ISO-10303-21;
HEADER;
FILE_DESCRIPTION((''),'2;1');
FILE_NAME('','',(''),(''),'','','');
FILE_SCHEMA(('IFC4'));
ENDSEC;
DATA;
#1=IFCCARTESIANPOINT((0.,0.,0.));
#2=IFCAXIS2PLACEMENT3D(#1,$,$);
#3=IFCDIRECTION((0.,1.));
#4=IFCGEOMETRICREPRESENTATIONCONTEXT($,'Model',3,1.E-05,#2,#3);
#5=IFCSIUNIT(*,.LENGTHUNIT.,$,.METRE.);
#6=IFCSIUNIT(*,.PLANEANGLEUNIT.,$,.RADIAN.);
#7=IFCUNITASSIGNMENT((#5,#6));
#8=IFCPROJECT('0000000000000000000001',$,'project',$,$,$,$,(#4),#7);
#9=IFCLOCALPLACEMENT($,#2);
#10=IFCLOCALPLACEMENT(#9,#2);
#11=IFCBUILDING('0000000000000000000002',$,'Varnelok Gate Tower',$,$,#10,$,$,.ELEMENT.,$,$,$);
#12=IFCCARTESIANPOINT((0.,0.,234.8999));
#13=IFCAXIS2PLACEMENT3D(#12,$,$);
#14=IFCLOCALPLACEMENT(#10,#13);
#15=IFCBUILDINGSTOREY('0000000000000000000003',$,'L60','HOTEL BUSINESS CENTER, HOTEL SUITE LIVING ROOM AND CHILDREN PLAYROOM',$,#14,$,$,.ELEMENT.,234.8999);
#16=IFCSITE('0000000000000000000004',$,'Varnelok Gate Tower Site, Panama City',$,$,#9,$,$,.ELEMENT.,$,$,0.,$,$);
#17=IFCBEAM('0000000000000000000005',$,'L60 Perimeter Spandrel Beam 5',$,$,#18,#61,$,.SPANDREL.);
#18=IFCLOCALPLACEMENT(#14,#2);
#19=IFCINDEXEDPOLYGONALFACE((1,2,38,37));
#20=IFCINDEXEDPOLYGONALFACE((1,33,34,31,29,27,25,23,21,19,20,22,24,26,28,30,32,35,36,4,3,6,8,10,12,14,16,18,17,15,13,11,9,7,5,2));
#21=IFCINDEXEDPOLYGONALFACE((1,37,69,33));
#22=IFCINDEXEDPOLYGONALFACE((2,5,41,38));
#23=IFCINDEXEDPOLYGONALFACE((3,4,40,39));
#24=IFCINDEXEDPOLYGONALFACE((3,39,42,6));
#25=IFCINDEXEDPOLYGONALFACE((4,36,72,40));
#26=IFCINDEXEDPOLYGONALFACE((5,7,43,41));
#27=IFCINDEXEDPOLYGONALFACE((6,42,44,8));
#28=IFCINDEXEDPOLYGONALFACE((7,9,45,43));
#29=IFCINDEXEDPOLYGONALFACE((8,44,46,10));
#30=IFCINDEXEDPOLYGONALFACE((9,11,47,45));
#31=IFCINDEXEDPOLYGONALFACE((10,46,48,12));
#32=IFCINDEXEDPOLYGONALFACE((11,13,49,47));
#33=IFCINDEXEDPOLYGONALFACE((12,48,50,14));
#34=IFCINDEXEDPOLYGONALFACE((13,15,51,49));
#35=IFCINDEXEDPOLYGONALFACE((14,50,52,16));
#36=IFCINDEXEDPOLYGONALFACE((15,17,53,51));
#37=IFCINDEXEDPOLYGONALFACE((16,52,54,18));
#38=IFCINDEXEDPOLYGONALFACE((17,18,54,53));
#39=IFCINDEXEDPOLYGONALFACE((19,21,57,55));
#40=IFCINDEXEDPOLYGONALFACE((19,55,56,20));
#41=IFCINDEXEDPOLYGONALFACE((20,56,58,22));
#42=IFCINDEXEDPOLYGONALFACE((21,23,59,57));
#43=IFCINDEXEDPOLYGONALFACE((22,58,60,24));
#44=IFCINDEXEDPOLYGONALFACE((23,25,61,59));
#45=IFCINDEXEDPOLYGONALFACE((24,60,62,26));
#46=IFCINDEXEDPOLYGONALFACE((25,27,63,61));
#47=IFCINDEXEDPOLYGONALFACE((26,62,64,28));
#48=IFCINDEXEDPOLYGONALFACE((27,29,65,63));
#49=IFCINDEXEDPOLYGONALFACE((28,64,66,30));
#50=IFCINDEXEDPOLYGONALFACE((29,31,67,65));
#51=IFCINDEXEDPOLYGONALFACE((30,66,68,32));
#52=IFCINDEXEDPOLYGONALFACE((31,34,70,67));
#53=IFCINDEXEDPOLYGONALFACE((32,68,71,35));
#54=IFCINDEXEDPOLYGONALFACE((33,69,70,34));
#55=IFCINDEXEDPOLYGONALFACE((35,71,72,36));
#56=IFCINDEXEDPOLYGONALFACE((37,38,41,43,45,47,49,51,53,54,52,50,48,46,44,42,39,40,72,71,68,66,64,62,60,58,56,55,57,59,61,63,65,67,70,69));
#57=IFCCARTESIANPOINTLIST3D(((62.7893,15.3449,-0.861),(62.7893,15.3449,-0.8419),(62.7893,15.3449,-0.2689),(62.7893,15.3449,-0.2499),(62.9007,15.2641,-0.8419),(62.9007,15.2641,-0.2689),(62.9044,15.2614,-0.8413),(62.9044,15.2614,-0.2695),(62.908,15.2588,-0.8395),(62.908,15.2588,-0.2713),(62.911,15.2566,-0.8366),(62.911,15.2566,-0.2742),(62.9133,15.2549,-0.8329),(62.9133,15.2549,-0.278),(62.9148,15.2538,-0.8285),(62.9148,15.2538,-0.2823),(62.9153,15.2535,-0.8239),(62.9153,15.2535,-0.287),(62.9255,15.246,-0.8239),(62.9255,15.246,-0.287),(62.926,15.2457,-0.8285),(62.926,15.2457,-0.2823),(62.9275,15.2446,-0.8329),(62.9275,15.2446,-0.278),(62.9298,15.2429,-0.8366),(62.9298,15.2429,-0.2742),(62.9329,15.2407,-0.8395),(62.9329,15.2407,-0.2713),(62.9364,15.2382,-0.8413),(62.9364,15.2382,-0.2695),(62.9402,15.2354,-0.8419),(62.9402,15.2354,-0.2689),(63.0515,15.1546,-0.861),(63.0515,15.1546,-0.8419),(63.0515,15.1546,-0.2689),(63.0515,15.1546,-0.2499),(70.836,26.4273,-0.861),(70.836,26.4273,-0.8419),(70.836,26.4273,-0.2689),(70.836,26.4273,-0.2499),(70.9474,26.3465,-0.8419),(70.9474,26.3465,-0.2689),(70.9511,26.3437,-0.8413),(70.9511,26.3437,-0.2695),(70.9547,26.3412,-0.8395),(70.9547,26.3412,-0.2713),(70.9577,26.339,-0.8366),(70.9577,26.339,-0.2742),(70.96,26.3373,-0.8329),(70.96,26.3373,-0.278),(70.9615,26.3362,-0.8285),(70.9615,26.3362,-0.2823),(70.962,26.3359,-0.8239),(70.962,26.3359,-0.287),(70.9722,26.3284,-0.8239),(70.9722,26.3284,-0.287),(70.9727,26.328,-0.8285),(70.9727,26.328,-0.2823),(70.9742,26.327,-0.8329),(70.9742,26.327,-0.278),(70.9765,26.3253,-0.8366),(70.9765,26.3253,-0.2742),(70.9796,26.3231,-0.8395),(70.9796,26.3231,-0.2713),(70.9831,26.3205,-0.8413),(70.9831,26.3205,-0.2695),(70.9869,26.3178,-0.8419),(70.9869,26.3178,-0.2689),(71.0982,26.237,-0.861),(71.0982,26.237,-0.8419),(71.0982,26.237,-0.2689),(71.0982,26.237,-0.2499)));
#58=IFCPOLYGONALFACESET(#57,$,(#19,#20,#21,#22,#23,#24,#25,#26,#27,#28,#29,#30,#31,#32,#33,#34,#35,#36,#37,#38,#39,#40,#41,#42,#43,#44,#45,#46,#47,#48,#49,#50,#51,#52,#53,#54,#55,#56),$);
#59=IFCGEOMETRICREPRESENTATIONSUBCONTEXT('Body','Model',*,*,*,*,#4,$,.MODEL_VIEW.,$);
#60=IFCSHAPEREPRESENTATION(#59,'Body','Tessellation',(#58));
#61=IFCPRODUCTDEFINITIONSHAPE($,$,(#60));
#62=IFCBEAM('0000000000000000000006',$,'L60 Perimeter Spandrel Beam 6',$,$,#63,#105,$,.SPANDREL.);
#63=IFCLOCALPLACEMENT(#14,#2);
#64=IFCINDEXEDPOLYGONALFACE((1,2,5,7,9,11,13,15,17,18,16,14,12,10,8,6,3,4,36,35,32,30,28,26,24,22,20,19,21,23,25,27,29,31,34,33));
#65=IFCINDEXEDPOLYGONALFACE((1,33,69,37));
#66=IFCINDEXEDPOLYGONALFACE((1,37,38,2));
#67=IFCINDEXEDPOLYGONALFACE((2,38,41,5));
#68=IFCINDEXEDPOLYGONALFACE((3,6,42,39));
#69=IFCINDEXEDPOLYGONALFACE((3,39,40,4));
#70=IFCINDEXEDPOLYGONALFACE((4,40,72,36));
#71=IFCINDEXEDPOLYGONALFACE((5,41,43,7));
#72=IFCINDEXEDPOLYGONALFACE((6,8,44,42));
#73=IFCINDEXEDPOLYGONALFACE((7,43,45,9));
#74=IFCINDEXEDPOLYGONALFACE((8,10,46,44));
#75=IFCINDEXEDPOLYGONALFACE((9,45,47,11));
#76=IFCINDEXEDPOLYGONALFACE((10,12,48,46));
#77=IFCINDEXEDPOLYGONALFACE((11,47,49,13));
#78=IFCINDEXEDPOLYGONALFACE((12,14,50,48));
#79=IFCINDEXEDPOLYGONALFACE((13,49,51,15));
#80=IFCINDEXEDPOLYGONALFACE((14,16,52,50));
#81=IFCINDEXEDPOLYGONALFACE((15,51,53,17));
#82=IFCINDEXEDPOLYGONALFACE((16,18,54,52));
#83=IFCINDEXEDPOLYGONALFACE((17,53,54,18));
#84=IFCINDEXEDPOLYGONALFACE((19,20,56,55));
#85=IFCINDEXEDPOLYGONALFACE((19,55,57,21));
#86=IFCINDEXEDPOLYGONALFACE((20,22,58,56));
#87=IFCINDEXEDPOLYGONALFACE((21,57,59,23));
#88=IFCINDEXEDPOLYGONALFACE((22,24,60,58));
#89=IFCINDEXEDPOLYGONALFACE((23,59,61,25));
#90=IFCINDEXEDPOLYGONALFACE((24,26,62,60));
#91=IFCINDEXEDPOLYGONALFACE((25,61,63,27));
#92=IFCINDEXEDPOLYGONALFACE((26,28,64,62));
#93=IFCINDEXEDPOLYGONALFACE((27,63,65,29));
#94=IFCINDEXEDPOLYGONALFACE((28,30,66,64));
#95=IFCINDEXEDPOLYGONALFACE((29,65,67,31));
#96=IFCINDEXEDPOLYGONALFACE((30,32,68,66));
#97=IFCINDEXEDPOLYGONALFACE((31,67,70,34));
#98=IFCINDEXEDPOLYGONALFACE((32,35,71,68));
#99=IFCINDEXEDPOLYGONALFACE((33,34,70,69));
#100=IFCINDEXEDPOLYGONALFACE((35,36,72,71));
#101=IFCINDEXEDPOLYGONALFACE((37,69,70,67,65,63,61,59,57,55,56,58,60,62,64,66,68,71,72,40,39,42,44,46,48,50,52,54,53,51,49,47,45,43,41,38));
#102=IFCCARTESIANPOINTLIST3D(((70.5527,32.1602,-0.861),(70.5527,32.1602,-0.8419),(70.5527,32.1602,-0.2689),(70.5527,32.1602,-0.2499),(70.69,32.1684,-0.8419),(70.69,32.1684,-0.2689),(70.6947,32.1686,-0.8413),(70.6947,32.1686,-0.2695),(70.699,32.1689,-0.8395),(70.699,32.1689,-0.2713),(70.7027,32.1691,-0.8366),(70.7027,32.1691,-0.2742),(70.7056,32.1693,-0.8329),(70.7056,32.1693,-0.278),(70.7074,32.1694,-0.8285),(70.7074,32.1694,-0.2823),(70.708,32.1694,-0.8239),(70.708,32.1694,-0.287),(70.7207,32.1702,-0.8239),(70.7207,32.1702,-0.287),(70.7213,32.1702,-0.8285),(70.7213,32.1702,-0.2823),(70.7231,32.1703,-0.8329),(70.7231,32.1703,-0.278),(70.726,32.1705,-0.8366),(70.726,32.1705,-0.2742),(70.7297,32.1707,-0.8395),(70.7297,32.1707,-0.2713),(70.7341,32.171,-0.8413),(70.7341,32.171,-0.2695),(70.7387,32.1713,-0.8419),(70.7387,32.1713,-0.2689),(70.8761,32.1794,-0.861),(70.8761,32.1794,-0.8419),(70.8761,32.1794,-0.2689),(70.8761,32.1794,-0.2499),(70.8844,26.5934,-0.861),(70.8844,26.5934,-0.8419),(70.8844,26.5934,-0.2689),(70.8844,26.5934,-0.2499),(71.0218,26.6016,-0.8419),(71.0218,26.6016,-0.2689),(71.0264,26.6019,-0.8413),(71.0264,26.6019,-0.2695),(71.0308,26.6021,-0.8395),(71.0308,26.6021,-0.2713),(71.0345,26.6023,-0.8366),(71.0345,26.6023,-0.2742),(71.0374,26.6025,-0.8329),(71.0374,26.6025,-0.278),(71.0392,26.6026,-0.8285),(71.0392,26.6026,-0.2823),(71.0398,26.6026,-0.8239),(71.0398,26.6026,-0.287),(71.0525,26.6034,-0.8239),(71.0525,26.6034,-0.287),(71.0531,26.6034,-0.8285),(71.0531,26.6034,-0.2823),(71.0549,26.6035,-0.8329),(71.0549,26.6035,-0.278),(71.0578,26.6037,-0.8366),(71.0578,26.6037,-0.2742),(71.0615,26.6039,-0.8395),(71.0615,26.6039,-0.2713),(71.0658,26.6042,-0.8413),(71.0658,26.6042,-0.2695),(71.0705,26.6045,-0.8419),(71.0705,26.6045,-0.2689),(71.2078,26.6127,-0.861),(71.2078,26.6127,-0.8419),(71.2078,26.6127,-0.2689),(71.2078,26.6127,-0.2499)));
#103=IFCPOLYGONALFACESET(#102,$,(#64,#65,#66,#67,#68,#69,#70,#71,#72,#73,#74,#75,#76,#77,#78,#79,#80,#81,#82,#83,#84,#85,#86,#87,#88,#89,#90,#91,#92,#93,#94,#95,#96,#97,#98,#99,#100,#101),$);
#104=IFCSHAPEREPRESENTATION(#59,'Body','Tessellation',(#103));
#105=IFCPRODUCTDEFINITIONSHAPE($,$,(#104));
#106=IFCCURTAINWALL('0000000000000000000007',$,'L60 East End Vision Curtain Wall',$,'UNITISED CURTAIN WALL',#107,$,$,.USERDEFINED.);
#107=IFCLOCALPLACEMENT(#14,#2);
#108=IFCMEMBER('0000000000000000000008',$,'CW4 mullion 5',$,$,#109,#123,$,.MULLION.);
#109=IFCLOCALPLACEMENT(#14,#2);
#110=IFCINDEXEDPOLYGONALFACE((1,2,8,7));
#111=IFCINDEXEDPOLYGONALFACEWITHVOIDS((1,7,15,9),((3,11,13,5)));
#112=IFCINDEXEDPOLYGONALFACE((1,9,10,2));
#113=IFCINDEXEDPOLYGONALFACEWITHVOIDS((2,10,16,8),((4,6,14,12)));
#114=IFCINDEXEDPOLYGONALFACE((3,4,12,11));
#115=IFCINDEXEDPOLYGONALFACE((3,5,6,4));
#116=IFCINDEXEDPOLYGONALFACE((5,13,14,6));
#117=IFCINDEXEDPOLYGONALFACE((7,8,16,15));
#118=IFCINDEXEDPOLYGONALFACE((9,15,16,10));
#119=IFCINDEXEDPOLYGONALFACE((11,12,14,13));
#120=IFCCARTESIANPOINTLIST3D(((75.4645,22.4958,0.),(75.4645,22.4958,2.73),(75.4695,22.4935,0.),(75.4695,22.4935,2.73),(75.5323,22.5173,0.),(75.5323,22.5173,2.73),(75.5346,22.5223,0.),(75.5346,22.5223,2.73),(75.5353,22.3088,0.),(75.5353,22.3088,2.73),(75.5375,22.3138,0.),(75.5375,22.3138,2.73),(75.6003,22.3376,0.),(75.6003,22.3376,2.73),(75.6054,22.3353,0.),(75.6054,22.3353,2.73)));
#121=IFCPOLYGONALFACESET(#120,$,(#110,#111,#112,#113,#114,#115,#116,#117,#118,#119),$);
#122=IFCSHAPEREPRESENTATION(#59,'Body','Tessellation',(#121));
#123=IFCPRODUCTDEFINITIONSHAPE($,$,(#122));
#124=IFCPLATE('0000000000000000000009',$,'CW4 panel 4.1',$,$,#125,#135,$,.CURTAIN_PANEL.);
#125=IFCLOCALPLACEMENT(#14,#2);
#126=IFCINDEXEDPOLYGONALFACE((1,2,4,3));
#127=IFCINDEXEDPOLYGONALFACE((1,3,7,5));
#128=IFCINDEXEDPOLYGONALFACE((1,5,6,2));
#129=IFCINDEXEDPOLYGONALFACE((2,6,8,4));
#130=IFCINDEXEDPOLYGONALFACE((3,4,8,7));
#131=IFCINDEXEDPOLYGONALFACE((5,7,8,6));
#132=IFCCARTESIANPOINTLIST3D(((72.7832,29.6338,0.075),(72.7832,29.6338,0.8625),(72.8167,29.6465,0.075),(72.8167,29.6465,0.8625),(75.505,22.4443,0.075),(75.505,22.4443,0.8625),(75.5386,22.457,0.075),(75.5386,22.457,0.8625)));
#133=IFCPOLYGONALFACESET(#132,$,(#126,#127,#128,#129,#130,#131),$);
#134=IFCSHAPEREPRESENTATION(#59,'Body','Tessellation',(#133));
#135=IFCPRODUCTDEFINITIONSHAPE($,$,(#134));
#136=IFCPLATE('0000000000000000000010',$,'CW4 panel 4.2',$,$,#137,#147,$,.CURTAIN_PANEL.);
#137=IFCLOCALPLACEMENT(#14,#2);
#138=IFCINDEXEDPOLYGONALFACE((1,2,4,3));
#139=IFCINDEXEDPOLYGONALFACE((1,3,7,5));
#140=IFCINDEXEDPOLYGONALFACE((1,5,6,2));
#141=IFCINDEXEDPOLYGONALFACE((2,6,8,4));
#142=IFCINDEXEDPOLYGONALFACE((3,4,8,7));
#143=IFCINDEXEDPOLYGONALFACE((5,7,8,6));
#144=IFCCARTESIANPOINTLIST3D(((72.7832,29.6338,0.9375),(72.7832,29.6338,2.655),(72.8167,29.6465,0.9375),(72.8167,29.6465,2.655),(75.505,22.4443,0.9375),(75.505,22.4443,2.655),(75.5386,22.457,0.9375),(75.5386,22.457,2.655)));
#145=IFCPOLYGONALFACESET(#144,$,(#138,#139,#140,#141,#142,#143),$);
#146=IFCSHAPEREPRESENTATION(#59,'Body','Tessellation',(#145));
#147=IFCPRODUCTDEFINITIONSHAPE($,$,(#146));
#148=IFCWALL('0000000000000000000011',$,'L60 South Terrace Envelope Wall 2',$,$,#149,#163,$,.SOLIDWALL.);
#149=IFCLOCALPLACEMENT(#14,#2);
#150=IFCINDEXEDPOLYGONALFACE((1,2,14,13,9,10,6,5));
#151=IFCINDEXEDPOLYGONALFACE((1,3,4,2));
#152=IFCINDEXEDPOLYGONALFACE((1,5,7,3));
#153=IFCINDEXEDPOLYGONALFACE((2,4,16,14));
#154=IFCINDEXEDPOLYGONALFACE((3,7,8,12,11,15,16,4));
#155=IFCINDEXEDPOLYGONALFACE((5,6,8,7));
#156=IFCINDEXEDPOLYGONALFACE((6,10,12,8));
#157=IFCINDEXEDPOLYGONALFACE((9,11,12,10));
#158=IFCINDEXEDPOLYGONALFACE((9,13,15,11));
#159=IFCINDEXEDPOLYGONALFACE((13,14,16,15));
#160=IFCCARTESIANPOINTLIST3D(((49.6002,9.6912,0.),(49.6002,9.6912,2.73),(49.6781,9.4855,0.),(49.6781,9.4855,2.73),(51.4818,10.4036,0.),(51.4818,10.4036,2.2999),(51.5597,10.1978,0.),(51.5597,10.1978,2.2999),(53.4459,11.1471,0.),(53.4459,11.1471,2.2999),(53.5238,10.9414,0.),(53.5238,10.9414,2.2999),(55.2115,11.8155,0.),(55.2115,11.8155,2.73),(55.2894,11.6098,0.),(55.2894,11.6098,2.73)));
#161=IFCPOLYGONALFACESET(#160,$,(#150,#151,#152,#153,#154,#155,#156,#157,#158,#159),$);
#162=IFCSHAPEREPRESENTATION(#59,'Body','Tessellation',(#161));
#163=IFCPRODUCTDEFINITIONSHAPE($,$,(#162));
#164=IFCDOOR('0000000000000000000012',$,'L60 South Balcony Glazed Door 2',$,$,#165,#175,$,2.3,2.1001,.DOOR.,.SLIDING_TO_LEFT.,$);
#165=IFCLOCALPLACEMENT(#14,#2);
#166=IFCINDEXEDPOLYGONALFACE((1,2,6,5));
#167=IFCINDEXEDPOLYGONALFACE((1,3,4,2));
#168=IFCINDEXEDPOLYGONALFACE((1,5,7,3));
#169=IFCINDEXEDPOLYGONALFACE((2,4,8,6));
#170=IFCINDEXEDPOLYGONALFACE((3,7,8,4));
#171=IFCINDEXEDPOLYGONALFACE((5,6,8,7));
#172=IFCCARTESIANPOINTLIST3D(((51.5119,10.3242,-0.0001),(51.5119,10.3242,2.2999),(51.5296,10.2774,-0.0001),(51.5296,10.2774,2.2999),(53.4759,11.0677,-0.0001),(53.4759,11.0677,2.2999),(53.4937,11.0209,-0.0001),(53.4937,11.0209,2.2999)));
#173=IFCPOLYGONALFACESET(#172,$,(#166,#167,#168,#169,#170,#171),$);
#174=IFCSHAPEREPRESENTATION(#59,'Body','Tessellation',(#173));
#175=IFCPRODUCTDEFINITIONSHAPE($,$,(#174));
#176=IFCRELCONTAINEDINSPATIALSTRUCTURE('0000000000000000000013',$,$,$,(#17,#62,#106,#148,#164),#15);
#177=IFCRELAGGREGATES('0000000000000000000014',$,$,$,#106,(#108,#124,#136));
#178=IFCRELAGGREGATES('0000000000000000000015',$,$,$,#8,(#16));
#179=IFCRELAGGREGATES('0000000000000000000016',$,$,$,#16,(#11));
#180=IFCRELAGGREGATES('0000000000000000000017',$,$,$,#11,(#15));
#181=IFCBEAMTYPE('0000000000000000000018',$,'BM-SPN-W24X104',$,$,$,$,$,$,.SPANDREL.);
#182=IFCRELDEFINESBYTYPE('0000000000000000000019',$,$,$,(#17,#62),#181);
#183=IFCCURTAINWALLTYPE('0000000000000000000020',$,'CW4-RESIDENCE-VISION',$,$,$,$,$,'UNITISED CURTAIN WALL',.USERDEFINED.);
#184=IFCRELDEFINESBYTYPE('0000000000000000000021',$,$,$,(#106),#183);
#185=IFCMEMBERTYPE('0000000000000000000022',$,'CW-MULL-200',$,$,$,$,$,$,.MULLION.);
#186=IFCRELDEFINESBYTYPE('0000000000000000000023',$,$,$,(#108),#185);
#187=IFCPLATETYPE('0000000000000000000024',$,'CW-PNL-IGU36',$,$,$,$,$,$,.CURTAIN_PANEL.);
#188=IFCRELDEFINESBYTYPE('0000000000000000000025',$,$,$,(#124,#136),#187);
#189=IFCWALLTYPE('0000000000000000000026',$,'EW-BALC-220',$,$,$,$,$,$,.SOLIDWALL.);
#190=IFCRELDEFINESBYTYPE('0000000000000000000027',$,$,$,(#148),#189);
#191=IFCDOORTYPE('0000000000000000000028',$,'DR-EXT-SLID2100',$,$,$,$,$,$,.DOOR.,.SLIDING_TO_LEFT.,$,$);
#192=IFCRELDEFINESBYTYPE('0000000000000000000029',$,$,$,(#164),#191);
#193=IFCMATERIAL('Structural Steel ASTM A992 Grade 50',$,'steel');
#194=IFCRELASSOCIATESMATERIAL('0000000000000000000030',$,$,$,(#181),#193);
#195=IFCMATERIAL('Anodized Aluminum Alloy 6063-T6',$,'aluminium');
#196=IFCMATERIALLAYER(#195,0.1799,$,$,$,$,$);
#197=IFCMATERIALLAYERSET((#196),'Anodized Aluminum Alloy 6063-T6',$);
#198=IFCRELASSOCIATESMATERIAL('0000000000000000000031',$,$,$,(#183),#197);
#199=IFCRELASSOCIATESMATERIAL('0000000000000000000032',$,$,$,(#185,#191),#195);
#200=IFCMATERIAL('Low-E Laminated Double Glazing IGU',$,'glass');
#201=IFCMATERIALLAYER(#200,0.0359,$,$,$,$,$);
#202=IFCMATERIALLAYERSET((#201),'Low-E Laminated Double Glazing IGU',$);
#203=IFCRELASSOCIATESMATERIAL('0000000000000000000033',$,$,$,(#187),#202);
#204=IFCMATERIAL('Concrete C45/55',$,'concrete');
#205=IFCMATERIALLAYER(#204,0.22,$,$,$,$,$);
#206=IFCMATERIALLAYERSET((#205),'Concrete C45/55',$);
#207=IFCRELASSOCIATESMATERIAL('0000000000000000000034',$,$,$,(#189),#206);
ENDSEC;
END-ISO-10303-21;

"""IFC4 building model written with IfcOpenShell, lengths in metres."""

from ifc_helpers import new_model, si_unit, direction, frame, frame_2d, origin, origin_2d, place, context, subcontext, project, spatial, rectangle, hollow_rectangle, i_section, extrude, source, transform, mapped, material, layer, layer_set, material_profile, profile_set, type_object, element, fill, aggregate, save


model = new_model("IFC4")

# Units and contexts
model_context = context("Model", 3, precision=1e-05, world=origin(), true_north=direction((0.0, 1.0)))
body_context = subcontext(model_context, "Body", "Model", "MODEL_VIEW")
ifc_project = project(units=[si_unit("LENGTHUNIT", "METRE"), si_unit("PLANEANGLEUNIT", "RADIAN")], contexts=[model_context])

# Site, building, storey
site_placement = place(None, origin())
site = spatial("IfcSite", under=ifc_project, at=site_placement, Name="Varnelok Gate Tower Site, Panama City", CompositionType="ELEMENT", RefElevation=0.0)
building_placement = place(site_placement, origin())
building = spatial("IfcBuilding", under=site, at=building_placement, Name="Varnelok Gate Tower", CompositionType="ELEMENT")
storey_placement = place(building_placement, frame((0.0, 0.0, 234.8999)))
storey = spatial("IfcBuildingStorey", under=building, at=storey_placement, Name="L60", Description="HOTEL BUSINESS CENTER, HOTEL SUITE LIVING ROOM AND CHILDREN PLAYROOM", CompositionType="ELEMENT", Elevation=234.8999)

# Shared definitions
ifc_material_1 = material(Name="Structural Steel ASTM A992 Grade 50", Category="steel")

# Beams
ifc_material_profile_1 = material_profile(ifc_material_1, i_section(OverallWidth=0.324, OverallDepth=0.6111, WebThickness=0.0127, FlangeThickness=0.019, FilletRadius=0.0181, at=origin_2d()), Name="W24X104")
ifc_profile_set_1 = profile_set([ifc_material_profile_1], Name="Structural Steel ASTM A992 Grade 50")
beam_type_1 = type_object("IfcBeamType", Name="BM-SPN-W24X104", PredefinedType="SPANDREL", material=ifc_profile_set_1)
beam_1_placement = place(storey_placement, frame((62.9204, 15.2498, -0.5554), z_axis=(0.587541, 0.809195, 0.0), x_axis=(-0.809195, 0.587541, 0.0)))
element("IfcBeam", 1, at=beam_1_placement, inside=storey, type_object=beam_type_1, Name="L60 Perimeter Spandrel Beam 5", PredefinedType="SPANDREL", context=body_context, shape_type="SweptSolid", body=[
    extrude(i_section(OverallWidth=0.324, OverallDepth=0.6111, WebThickness=0.0127, FlangeThickness=0.019, FilletRadius=0.0181, at=origin_2d()), origin(), (0.0, 0.0, 1.0), 13.6956),
])
beam_2_placement = place(storey_placement, frame((71.0461, 26.603, -0.5554), z_axis=(-0.059494, 0.998229, 0.0), x_axis=(-0.998229, -0.059494, 0.0)))
element("IfcBeam", 2, at=beam_2_placement, inside=storey, type_object=beam_type_1, Name="L60 Perimeter Spandrel Beam 6", PredefinedType="SPANDREL", context=body_context, shape_type="SweptSolid", body=[
    extrude(i_section(OverallWidth=0.324, OverallDepth=0.6111, WebThickness=0.0127, FlangeThickness=0.019, FilletRadius=0.0181, at=origin_2d()), origin(), (0.0, 0.0, 1.0), 5.5767),
])

# Curtain wall, member, plates
ifc_material_2 = material(Name="Anodized Aluminum Alloy 6063-T6", Category="aluminium")
ifc_layer_1 = layer(ifc_material_2, 0.1799)
ifc_layer_set_1 = layer_set([ifc_layer_1], Name="Anodized Aluminum Alloy 6063-T6")
curtain_wall_type = type_object("IfcCurtainWallType", Name="CW4-RESIDENCE-VISION", ElementType="UNITISED CURTAIN WALL", PredefinedType="USERDEFINED", material=ifc_layer_set_1)
curtain_wall_placement = place(storey_placement, origin())
curtain_wall = element("IfcCurtainWall", 3, at=curtain_wall_placement, inside=storey, type_object=curtain_wall_type, Name="L60 East End Vision Curtain Wall", ObjectType="UNITISED CURTAIN WALL", PredefinedType="USERDEFINED")
ifc_material_profile_2 = material_profile(ifc_material_2, hollow_rectangle(XDim=0.075, YDim=0.2, WallThickness=0.0039, at=origin_2d()), Name="ALU200X75X4")
ifc_profile_set_2 = profile_set([ifc_material_profile_2], Name="Anodized Aluminum Alloy 6063-T6")
member_type = type_object("IfcMemberType", Name="CW-MULL-200", PredefinedType="MULLION", material=ifc_profile_set_2)
member_placement = place(storey_placement, frame((75.5349, 22.4155, 0.0), z_axis=(0.0, 0.0, 1.0), x_axis=(0.935222, 0.354063, 0.0)))
member = element("IfcMember", 4, at=member_placement, type_object=member_type, Name="CW4 mullion 5", PredefinedType="MULLION", context=body_context, shape_type="SweptSolid", body=[
    extrude(hollow_rectangle(XDim=0.075, YDim=0.2, WallThickness=0.0039, at=origin_2d()), origin(), (0.0, 0.0, 1.0), 2.73),
])
ifc_material_3 = material(Name="Low-E Laminated Double Glazing IGU", Category="glass")
ifc_layer_2 = layer(ifc_material_3, 0.0359)
ifc_layer_set_2 = layer_set([ifc_layer_2], Name="Low-E Laminated Double Glazing IGU")
plate_type = type_object("IfcPlateType", Name="CW-PNL-IGU36", PredefinedType="CURTAIN_PANEL", material=ifc_layer_set_2)
shared_shape_1 = source(origin(), body_context, "Body", "SweptSolid", [
    extrude(rectangle(XDim=7.6875, YDim=0.0359, at=origin_2d()), origin(), (0.0, 0.0, 1.0), 0.7876),
])
plate_1_placement = place(storey_placement, frame((74.1609, 26.0454, 0.075), z_axis=(0.0, 0.0, 1.0), x_axis=(0.354063, -0.935222, 0.0)))
plate_1 = element("IfcPlate", 5, at=plate_1_placement, type_object=plate_type, Name="CW4 panel 4.1", PredefinedType="CURTAIN_PANEL", context=body_context, shape_type="MappedRepresentation", body=[
    mapped(shared_shape_1, transform((0.0, 0.0, 0.0), scale=1.0)),
])
shared_shape_2 = source(origin(), body_context, "Body", "SweptSolid", [
    extrude(rectangle(XDim=7.6875, YDim=0.0359, at=origin_2d()), origin(), (0.0, 0.0, 1.0), 1.7175),
])
plate_2_placement = place(storey_placement, frame((74.1609, 26.0454, 0.9375), z_axis=(0.0, 0.0, 1.0), x_axis=(0.354063, -0.935222, 0.0)))
plate_2 = element("IfcPlate", 6, at=plate_2_placement, type_object=plate_type, Name="CW4 panel 4.2", PredefinedType="CURTAIN_PANEL", context=body_context, shape_type="MappedRepresentation", body=[
    mapped(shared_shape_2, transform((0.0, 0.0, 0.0), scale=1.0)),
])
aggregate(curtain_wall, [member, plate_1, plate_2])

# Wall, opening, door
ifc_material_4 = material(Name="Concrete C45/55", Category="concrete")
ifc_layer_3 = layer(ifc_material_4, 0.22)
ifc_layer_set_3 = layer_set([ifc_layer_3], Name="Concrete C45/55")
wall_type_1 = type_object("IfcWallType", Name="EW-BALC-220", PredefinedType="SOLIDWALL", material=ifc_layer_set_3)
wall_1_placement = place(storey_placement, frame((55.2505, 11.7126, 0.0), z_axis=(0.0, 0.0, 1.0), x_axis=(-0.935228, -0.354047, 0.0)))
wall_1 = element("IfcWall", 7, at=wall_1_placement, inside=storey, type_object=wall_type_1, Name="L60 South Terrace Envelope Wall 2", PredefinedType="SOLIDWALL", context=body_context, shape_type="SweptSolid", body=[
    extrude(rectangle(XDim=6.0, YDim=0.22, at=frame_2d((3.0, 0.0))), origin(), (0.0, 0.0, 1.0), 2.73),
])
opening_1_placement = place(wall_1_placement, frame((1.8879, 0.0, 0.0)))
opening_1 = element("IfcOpeningElement", 8, at=opening_1_placement, cuts=wall_1, PredefinedType="OPENING", context=body_context, shape_type="SweptSolid", body=[
    extrude(rectangle(XDim=2.1001, YDim=2.3, at=frame_2d((1.05, 1.1499))), frame((0.0, 0.1199, 0.0), z_axis=(0.0, -1.0, 0.0), x_axis=(1.0, 0.0, 0.0)), (0.0, 0.0, 1.0), 0.24),
])
door_type_1 = type_object("IfcDoorType", Name="DR-EXT-SLID2100", OperationType="SLIDING_TO_LEFT", PredefinedType="DOOR", material=ifc_material_2)
door_1_placement = place(opening_1_placement, origin())
door_1 = element("IfcDoor", 9, at=door_1_placement, inside=storey, type_object=door_type_1, Name="L60 South Balcony Glazed Door 2", OperationType="SLIDING_TO_LEFT", OverallHeight=2.3, OverallWidth=2.1001, PredefinedType="DOOR", context=body_context, shape_type="SweptSolid", body=[
    extrude(rectangle(XDim=2.1001, YDim=2.3, at=frame_2d((1.05, 1.1499))), frame((0.0, 0.0249, 0.0), z_axis=(0.0, -1.0, 0.0), x_axis=(1.0, 0.0, 0.0)), (0.0, 0.0, 1.0), 0.05),
])
fill(opening_1, door_1)

save(model, "model.ifc")
